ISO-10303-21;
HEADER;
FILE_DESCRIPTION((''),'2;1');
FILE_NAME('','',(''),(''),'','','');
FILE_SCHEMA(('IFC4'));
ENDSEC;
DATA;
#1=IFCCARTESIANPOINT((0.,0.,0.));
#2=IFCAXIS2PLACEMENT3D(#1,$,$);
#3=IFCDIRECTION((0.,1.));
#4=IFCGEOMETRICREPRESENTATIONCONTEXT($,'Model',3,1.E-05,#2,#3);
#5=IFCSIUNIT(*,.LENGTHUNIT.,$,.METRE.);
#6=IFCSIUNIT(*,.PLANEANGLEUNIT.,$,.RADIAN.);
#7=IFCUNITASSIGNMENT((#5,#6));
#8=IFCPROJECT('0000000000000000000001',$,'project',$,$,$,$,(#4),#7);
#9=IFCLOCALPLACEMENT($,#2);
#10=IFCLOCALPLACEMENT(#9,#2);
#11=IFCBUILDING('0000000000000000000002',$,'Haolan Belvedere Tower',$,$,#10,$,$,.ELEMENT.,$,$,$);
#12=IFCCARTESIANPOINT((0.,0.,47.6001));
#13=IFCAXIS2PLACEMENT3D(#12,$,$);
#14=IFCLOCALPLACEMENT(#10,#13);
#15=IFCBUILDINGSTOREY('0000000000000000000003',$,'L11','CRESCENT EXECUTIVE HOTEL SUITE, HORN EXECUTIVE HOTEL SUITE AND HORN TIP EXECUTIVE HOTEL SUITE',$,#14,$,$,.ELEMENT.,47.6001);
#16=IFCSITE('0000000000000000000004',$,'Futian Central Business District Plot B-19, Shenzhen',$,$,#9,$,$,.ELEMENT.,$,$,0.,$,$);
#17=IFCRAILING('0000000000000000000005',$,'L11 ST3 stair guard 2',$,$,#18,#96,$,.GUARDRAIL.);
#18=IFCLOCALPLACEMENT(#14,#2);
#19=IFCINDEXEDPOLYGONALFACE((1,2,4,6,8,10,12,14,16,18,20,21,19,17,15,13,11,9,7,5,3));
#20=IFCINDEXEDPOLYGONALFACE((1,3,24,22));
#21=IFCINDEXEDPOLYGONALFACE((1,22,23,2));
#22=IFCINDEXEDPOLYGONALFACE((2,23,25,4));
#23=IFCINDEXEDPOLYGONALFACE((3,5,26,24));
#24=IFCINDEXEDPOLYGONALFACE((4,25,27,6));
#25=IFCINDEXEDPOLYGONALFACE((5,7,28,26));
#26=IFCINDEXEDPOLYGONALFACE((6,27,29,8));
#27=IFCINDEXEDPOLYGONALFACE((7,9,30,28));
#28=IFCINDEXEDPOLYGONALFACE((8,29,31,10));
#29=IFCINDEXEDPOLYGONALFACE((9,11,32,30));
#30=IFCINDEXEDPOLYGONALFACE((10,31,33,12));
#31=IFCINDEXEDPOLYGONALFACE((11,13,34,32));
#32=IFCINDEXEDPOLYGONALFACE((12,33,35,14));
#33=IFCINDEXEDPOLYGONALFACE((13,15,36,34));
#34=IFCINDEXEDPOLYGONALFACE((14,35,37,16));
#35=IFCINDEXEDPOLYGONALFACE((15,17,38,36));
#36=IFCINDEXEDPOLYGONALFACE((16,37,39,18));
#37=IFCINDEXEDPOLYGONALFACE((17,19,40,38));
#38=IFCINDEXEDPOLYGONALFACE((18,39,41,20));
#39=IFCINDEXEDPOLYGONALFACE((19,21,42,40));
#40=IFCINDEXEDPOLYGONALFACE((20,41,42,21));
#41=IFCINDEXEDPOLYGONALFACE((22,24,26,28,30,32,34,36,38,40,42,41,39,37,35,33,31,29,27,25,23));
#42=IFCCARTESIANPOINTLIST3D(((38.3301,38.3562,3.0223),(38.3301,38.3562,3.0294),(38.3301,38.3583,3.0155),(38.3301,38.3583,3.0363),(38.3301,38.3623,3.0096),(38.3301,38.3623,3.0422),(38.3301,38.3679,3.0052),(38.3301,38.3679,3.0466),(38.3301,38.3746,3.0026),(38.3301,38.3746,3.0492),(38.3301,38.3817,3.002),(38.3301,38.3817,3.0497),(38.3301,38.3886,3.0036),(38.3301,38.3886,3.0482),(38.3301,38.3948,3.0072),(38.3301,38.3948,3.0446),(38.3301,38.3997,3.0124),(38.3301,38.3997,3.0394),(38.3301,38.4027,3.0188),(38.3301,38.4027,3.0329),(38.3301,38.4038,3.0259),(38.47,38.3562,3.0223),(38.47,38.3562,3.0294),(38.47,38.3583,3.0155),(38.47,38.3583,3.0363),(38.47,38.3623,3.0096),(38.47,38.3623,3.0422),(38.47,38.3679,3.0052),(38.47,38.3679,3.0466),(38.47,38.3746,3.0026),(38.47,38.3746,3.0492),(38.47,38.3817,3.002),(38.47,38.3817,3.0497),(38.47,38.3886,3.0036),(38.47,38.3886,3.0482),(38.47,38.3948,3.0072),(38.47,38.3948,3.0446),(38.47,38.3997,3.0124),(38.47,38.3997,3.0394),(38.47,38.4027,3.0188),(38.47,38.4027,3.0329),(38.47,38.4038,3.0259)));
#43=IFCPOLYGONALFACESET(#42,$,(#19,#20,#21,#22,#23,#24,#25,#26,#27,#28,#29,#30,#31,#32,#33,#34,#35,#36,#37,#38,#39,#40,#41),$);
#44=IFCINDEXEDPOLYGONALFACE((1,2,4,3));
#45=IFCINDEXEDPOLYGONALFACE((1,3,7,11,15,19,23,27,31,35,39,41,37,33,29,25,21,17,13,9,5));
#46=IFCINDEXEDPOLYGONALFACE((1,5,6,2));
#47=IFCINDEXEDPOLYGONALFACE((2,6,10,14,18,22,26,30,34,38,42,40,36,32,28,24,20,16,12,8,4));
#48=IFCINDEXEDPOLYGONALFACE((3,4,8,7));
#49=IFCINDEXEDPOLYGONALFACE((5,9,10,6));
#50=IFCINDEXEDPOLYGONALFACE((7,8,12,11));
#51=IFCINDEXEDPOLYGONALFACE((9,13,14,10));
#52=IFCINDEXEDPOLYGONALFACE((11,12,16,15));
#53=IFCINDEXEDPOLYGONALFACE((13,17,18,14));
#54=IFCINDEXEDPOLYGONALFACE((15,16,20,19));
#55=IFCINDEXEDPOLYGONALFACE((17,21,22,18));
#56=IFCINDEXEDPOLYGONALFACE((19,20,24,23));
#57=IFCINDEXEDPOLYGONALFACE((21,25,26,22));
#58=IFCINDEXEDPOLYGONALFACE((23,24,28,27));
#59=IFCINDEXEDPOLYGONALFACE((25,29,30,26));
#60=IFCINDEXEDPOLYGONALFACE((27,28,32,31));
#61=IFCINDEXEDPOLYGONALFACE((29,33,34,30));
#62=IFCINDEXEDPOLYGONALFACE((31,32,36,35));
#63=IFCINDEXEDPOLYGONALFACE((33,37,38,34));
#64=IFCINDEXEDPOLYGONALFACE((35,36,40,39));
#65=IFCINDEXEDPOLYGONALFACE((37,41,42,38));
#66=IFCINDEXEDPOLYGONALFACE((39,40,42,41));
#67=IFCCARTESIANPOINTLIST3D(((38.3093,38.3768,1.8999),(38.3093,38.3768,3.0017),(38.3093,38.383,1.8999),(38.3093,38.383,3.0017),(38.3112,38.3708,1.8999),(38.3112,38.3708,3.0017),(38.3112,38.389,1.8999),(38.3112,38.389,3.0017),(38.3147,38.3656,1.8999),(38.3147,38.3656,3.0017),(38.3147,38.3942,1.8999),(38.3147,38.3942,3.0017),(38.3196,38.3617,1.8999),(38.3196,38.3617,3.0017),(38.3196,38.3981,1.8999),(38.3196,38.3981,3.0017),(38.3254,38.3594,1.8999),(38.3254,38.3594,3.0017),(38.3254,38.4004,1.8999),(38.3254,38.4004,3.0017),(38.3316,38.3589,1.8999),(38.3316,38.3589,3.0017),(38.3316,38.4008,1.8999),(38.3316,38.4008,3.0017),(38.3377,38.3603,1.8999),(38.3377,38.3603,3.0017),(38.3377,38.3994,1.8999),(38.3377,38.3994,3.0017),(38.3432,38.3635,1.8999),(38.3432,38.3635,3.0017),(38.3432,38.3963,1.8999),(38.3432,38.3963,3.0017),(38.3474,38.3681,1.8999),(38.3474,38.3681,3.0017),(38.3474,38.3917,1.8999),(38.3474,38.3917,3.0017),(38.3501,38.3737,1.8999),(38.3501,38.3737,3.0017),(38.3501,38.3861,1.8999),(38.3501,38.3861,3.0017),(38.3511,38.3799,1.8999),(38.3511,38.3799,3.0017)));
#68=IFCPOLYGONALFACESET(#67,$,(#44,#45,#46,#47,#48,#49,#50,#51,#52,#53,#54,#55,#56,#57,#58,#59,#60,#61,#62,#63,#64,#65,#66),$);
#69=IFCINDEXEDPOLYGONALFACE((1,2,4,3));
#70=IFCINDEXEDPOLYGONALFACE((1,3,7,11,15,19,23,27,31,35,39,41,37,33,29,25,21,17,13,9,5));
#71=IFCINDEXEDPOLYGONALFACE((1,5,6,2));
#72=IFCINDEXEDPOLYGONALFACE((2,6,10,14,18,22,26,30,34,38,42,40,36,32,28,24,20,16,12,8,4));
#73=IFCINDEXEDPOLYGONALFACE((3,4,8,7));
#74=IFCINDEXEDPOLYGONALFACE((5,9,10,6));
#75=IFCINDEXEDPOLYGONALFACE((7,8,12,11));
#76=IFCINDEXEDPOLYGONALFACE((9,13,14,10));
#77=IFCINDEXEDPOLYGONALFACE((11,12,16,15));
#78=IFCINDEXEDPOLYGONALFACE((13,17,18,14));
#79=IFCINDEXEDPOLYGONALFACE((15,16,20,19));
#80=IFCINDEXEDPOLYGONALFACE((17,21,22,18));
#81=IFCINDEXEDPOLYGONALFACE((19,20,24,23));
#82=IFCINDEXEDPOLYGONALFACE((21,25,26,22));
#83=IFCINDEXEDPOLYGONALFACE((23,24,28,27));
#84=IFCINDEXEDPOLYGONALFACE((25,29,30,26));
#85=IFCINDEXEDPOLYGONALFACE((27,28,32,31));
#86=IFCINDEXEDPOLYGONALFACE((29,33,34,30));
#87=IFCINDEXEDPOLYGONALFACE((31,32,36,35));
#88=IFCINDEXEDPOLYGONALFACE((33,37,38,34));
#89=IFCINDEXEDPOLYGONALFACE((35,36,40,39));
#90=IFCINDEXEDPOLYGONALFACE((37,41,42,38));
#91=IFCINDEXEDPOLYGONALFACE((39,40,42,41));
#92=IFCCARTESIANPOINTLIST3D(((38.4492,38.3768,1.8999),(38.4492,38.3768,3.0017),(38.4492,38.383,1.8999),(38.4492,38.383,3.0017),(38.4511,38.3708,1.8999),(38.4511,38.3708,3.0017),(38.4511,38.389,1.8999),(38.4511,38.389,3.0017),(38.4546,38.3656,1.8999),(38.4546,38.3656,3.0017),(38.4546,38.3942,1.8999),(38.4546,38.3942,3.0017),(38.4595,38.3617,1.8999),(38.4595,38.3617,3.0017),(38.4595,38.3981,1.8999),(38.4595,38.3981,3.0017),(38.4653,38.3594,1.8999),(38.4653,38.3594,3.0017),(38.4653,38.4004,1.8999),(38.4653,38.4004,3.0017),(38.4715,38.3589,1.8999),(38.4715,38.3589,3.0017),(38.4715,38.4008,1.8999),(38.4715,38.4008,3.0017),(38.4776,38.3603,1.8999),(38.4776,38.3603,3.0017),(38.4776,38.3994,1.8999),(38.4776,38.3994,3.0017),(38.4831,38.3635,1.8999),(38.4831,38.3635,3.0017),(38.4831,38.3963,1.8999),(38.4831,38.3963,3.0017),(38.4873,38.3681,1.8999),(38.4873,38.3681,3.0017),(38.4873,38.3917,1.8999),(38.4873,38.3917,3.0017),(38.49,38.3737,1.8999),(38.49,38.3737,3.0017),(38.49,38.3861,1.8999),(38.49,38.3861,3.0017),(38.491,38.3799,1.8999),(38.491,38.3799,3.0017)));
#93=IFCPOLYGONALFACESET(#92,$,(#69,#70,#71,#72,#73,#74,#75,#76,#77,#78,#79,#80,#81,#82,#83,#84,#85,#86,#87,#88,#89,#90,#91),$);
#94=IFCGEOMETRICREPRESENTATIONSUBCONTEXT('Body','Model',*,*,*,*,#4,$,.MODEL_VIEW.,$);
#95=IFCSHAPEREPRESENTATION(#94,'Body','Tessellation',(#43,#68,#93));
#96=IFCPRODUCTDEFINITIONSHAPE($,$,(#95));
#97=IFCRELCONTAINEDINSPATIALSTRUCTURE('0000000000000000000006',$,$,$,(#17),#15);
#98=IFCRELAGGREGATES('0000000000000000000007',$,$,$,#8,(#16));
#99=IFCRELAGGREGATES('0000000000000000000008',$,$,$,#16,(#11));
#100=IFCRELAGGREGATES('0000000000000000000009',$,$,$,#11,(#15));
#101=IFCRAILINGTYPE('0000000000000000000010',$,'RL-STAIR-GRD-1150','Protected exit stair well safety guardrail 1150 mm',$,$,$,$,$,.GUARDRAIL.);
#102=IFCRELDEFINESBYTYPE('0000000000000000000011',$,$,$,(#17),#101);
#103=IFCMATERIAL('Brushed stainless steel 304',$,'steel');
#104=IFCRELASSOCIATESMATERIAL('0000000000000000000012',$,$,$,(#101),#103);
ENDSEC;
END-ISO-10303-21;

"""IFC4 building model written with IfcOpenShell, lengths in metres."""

from ifc_helpers import new_model, si_unit, direction, frame, origin, origin_2d, place, context, subcontext, project, spatial, circle, extrude, material, type_object, element, save


model = new_model("IFC4")

# Units and contexts
model_context = context("Model", 3, precision=1e-05, world=origin(), true_north=direction((0.0, 1.0)))
body_context = subcontext(model_context, "Body", "Model", "MODEL_VIEW")
ifc_project = project(units=[si_unit("LENGTHUNIT", "METRE"), si_unit("PLANEANGLEUNIT", "RADIAN")], contexts=[model_context])

# Site, building, storey
site_placement = place(None, origin())
site = spatial("IfcSite", under=ifc_project, at=site_placement, Name="Futian Central Business District Plot B-19, Shenzhen", CompositionType="ELEMENT", RefElevation=0.0)
building_placement = place(site_placement, origin())
building = spatial("IfcBuilding", under=site, at=building_placement, Name="Haolan Belvedere Tower", CompositionType="ELEMENT")
storey_placement = place(building_placement, frame((0.0, 0.0, 47.6001)))
storey = spatial("IfcBuildingStorey", under=building, at=storey_placement, Name="L11", Description="CRESCENT EXECUTIVE HOTEL SUITE, HORN EXECUTIVE HOTEL SUITE AND HORN TIP EXECUTIVE HOTEL SUITE", CompositionType="ELEMENT", Elevation=47.6001)

# Railing
ifc_material_1 = material(Name="Brushed stainless steel 304", Category="steel")
railing_type_1 = type_object("IfcRailingType", Name="RL-STAIR-GRD-1150", Description="Protected exit stair well safety guardrail 1150 mm", PredefinedType="GUARDRAIL", material=ifc_material_1)
railing_1_placement = place(storey_placement, frame((38.3301, 38.3799, 1.8999)))
element("IfcRailing", 1, at=railing_1_placement, inside=storey, type_object=railing_type_1, Name="L11 ST3 stair guard 2", PredefinedType="GUARDRAIL", context=body_context, shape_type="SweptSolid", body=[
    extrude(circle(Radius=0.0239, at=origin_2d()), frame((0.0, 0.0, 1.126), z_axis=(1.0, 0.0, 0.0), x_axis=(0.0, 1.0, 0.0)), (0.0, 0.0, 1.0), 0.1399),
    extrude(circle(Radius=0.021, at=origin_2d()), origin(), (0.0, 0.0, 1.0), 1.1018),
    extrude(circle(Radius=0.021, at=origin_2d()), frame((0.1399, 0.0, 0.0)), (0.0, 0.0, 1.0), 1.1018),
])

save(model, "model.ifc")
